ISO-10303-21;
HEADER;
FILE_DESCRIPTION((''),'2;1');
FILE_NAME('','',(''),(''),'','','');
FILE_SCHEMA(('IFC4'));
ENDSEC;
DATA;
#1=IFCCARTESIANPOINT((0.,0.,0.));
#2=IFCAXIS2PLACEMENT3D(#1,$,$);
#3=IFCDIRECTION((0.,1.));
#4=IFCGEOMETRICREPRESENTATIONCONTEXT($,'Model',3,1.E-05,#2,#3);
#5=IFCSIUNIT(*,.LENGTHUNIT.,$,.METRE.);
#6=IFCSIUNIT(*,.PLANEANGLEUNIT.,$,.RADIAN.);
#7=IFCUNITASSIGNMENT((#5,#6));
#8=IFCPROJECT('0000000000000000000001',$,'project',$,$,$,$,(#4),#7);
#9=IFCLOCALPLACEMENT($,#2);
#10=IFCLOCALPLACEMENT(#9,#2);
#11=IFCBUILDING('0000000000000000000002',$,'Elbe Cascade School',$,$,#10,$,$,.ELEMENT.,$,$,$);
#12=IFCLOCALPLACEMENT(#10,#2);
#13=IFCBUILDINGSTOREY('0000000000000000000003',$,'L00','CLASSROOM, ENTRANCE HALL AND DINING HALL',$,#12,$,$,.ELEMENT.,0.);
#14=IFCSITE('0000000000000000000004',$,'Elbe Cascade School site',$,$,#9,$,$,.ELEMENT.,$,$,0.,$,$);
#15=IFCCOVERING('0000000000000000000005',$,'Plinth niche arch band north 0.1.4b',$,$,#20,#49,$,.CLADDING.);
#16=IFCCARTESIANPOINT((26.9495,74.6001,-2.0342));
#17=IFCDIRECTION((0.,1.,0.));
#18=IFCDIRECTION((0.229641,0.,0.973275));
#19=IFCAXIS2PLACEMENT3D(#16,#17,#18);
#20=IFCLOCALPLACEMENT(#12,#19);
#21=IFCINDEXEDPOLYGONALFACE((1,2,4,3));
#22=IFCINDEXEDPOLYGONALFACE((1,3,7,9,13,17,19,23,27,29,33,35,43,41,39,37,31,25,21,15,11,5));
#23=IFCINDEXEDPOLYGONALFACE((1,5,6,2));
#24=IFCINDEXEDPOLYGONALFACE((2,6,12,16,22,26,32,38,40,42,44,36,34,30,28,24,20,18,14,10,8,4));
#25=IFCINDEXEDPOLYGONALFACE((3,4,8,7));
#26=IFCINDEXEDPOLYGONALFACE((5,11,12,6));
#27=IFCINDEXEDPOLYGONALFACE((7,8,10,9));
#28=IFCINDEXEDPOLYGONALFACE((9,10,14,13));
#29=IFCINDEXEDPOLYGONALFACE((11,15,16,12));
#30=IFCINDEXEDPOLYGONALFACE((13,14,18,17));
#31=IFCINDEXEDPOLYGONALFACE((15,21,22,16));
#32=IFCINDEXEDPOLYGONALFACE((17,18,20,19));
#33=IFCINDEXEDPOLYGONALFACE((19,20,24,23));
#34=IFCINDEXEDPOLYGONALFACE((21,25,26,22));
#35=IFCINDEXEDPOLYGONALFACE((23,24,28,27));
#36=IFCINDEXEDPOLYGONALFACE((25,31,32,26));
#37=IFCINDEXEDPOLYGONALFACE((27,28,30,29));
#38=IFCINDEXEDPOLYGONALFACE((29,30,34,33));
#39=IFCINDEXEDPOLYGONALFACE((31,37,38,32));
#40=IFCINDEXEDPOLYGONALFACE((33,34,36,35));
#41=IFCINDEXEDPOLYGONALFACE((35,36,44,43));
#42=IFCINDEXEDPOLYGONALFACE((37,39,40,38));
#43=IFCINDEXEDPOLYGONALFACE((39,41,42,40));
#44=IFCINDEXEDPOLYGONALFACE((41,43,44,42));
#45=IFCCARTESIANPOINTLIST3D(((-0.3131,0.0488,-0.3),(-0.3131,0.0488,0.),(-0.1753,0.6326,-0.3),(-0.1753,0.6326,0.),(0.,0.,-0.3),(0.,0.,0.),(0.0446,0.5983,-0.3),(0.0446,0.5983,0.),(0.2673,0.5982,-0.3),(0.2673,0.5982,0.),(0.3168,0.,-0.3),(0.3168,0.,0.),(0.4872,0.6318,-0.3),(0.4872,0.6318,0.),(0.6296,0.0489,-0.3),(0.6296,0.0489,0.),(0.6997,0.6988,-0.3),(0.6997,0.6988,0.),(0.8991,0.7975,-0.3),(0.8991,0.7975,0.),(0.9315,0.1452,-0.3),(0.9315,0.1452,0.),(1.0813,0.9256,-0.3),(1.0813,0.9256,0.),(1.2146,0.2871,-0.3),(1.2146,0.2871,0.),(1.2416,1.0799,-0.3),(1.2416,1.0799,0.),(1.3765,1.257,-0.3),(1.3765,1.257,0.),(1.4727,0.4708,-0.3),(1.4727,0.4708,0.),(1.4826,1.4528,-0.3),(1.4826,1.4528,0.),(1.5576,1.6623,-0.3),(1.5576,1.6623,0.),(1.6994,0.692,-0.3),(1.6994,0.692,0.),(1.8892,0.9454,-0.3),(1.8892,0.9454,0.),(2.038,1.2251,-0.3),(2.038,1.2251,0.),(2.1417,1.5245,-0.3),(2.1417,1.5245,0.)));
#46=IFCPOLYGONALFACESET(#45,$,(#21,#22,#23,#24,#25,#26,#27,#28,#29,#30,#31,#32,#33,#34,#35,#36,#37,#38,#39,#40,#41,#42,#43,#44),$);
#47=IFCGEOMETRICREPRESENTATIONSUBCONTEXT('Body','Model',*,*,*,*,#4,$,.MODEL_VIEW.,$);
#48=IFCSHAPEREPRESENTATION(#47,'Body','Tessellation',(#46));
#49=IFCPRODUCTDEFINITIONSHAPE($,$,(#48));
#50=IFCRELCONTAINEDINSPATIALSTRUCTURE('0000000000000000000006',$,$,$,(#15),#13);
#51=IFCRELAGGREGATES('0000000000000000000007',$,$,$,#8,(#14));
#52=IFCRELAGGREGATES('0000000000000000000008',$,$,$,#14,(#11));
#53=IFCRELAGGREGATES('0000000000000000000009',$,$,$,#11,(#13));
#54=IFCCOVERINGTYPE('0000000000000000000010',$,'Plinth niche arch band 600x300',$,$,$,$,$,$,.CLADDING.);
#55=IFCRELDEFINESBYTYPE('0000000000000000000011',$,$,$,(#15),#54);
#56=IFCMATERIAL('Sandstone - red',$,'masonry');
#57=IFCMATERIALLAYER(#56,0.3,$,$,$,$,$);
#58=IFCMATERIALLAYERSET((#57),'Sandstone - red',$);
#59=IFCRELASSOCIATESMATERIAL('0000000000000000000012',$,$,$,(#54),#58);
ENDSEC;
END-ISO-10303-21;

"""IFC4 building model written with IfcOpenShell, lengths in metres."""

from ifc_helpers import new_model, si_unit, direction, frame, origin, place, context, subcontext, project, spatial, polyline, outline, extrude, material, layer, layer_set, type_object, element, save


model = new_model("IFC4")

# Units and contexts
model_context = context("Model", 3, precision=1e-05, world=origin(), true_north=direction((0.0, 1.0)))
body_context = subcontext(model_context, "Body", "Model", "MODEL_VIEW")
ifc_project = project(units=[si_unit("LENGTHUNIT", "METRE"), si_unit("PLANEANGLEUNIT", "RADIAN")], contexts=[model_context])

# Site, building, storey
site_placement = place(None, origin())
site = spatial("IfcSite", under=ifc_project, at=site_placement, Name="Elbe Cascade School site", CompositionType="ELEMENT", RefElevation=0.0)
building_placement = place(site_placement, origin())
building = spatial("IfcBuilding", under=site, at=building_placement, Name="Elbe Cascade School", CompositionType="ELEMENT")
storey_placement = place(building_placement, origin())
storey = spatial("IfcBuildingStorey", under=building, at=storey_placement, Name="L00", Description="CLASSROOM, ENTRANCE HALL AND DINING HALL", CompositionType="ELEMENT", Elevation=0.0)

# Covering
ifc_material_1 = material(Name="Sandstone - red", Category="masonry")
ifc_layer_1 = layer(ifc_material_1, 0.3)
ifc_layer_set_1 = layer_set([ifc_layer_1], Name="Sandstone - red")
covering_type = type_object("IfcCoveringType", Name="Plinth niche arch band 600x300", PredefinedType="CLADDING", material=ifc_layer_set_1)
covering_1_placement = place(storey_placement, frame((26.9495, 74.6001, -2.0342), z_axis=(0.0, 1.0, 0.0), x_axis=(0.229641, 0.0, 0.973275)))
element("IfcCovering", 1, at=covering_1_placement, inside=storey, type_object=covering_type, Name="Plinth niche arch band north 0.1.4b", PredefinedType="CLADDING", context=body_context, shape_type="SweptSolid", body=[
    extrude(outline(polyline([(0.0, 0.0), (0.3168, 0.0), (0.6296, 0.0489), (0.9315, 0.1452), (1.2146, 0.2871), (1.4727, 0.4708), (1.6994, 0.692), (1.8892, 0.9454), (2.038, 1.2251), (2.1417, 1.5245), (1.5576, 1.6623), (1.4826, 1.4528), (1.3765, 1.257), (1.2416, 1.0799), (1.0813, 0.9256), (0.8991, 0.7975), (0.6997, 0.6988), (0.4872, 0.6318), (0.2673, 0.5982), (0.0446, 0.5983), (-0.1753, 0.6326), (-0.3131, 0.0488), (0.0, 0.0)])), origin(), (0.0, 0.0, -1.0), 0.3),
])

save(model, "model.ifc")
